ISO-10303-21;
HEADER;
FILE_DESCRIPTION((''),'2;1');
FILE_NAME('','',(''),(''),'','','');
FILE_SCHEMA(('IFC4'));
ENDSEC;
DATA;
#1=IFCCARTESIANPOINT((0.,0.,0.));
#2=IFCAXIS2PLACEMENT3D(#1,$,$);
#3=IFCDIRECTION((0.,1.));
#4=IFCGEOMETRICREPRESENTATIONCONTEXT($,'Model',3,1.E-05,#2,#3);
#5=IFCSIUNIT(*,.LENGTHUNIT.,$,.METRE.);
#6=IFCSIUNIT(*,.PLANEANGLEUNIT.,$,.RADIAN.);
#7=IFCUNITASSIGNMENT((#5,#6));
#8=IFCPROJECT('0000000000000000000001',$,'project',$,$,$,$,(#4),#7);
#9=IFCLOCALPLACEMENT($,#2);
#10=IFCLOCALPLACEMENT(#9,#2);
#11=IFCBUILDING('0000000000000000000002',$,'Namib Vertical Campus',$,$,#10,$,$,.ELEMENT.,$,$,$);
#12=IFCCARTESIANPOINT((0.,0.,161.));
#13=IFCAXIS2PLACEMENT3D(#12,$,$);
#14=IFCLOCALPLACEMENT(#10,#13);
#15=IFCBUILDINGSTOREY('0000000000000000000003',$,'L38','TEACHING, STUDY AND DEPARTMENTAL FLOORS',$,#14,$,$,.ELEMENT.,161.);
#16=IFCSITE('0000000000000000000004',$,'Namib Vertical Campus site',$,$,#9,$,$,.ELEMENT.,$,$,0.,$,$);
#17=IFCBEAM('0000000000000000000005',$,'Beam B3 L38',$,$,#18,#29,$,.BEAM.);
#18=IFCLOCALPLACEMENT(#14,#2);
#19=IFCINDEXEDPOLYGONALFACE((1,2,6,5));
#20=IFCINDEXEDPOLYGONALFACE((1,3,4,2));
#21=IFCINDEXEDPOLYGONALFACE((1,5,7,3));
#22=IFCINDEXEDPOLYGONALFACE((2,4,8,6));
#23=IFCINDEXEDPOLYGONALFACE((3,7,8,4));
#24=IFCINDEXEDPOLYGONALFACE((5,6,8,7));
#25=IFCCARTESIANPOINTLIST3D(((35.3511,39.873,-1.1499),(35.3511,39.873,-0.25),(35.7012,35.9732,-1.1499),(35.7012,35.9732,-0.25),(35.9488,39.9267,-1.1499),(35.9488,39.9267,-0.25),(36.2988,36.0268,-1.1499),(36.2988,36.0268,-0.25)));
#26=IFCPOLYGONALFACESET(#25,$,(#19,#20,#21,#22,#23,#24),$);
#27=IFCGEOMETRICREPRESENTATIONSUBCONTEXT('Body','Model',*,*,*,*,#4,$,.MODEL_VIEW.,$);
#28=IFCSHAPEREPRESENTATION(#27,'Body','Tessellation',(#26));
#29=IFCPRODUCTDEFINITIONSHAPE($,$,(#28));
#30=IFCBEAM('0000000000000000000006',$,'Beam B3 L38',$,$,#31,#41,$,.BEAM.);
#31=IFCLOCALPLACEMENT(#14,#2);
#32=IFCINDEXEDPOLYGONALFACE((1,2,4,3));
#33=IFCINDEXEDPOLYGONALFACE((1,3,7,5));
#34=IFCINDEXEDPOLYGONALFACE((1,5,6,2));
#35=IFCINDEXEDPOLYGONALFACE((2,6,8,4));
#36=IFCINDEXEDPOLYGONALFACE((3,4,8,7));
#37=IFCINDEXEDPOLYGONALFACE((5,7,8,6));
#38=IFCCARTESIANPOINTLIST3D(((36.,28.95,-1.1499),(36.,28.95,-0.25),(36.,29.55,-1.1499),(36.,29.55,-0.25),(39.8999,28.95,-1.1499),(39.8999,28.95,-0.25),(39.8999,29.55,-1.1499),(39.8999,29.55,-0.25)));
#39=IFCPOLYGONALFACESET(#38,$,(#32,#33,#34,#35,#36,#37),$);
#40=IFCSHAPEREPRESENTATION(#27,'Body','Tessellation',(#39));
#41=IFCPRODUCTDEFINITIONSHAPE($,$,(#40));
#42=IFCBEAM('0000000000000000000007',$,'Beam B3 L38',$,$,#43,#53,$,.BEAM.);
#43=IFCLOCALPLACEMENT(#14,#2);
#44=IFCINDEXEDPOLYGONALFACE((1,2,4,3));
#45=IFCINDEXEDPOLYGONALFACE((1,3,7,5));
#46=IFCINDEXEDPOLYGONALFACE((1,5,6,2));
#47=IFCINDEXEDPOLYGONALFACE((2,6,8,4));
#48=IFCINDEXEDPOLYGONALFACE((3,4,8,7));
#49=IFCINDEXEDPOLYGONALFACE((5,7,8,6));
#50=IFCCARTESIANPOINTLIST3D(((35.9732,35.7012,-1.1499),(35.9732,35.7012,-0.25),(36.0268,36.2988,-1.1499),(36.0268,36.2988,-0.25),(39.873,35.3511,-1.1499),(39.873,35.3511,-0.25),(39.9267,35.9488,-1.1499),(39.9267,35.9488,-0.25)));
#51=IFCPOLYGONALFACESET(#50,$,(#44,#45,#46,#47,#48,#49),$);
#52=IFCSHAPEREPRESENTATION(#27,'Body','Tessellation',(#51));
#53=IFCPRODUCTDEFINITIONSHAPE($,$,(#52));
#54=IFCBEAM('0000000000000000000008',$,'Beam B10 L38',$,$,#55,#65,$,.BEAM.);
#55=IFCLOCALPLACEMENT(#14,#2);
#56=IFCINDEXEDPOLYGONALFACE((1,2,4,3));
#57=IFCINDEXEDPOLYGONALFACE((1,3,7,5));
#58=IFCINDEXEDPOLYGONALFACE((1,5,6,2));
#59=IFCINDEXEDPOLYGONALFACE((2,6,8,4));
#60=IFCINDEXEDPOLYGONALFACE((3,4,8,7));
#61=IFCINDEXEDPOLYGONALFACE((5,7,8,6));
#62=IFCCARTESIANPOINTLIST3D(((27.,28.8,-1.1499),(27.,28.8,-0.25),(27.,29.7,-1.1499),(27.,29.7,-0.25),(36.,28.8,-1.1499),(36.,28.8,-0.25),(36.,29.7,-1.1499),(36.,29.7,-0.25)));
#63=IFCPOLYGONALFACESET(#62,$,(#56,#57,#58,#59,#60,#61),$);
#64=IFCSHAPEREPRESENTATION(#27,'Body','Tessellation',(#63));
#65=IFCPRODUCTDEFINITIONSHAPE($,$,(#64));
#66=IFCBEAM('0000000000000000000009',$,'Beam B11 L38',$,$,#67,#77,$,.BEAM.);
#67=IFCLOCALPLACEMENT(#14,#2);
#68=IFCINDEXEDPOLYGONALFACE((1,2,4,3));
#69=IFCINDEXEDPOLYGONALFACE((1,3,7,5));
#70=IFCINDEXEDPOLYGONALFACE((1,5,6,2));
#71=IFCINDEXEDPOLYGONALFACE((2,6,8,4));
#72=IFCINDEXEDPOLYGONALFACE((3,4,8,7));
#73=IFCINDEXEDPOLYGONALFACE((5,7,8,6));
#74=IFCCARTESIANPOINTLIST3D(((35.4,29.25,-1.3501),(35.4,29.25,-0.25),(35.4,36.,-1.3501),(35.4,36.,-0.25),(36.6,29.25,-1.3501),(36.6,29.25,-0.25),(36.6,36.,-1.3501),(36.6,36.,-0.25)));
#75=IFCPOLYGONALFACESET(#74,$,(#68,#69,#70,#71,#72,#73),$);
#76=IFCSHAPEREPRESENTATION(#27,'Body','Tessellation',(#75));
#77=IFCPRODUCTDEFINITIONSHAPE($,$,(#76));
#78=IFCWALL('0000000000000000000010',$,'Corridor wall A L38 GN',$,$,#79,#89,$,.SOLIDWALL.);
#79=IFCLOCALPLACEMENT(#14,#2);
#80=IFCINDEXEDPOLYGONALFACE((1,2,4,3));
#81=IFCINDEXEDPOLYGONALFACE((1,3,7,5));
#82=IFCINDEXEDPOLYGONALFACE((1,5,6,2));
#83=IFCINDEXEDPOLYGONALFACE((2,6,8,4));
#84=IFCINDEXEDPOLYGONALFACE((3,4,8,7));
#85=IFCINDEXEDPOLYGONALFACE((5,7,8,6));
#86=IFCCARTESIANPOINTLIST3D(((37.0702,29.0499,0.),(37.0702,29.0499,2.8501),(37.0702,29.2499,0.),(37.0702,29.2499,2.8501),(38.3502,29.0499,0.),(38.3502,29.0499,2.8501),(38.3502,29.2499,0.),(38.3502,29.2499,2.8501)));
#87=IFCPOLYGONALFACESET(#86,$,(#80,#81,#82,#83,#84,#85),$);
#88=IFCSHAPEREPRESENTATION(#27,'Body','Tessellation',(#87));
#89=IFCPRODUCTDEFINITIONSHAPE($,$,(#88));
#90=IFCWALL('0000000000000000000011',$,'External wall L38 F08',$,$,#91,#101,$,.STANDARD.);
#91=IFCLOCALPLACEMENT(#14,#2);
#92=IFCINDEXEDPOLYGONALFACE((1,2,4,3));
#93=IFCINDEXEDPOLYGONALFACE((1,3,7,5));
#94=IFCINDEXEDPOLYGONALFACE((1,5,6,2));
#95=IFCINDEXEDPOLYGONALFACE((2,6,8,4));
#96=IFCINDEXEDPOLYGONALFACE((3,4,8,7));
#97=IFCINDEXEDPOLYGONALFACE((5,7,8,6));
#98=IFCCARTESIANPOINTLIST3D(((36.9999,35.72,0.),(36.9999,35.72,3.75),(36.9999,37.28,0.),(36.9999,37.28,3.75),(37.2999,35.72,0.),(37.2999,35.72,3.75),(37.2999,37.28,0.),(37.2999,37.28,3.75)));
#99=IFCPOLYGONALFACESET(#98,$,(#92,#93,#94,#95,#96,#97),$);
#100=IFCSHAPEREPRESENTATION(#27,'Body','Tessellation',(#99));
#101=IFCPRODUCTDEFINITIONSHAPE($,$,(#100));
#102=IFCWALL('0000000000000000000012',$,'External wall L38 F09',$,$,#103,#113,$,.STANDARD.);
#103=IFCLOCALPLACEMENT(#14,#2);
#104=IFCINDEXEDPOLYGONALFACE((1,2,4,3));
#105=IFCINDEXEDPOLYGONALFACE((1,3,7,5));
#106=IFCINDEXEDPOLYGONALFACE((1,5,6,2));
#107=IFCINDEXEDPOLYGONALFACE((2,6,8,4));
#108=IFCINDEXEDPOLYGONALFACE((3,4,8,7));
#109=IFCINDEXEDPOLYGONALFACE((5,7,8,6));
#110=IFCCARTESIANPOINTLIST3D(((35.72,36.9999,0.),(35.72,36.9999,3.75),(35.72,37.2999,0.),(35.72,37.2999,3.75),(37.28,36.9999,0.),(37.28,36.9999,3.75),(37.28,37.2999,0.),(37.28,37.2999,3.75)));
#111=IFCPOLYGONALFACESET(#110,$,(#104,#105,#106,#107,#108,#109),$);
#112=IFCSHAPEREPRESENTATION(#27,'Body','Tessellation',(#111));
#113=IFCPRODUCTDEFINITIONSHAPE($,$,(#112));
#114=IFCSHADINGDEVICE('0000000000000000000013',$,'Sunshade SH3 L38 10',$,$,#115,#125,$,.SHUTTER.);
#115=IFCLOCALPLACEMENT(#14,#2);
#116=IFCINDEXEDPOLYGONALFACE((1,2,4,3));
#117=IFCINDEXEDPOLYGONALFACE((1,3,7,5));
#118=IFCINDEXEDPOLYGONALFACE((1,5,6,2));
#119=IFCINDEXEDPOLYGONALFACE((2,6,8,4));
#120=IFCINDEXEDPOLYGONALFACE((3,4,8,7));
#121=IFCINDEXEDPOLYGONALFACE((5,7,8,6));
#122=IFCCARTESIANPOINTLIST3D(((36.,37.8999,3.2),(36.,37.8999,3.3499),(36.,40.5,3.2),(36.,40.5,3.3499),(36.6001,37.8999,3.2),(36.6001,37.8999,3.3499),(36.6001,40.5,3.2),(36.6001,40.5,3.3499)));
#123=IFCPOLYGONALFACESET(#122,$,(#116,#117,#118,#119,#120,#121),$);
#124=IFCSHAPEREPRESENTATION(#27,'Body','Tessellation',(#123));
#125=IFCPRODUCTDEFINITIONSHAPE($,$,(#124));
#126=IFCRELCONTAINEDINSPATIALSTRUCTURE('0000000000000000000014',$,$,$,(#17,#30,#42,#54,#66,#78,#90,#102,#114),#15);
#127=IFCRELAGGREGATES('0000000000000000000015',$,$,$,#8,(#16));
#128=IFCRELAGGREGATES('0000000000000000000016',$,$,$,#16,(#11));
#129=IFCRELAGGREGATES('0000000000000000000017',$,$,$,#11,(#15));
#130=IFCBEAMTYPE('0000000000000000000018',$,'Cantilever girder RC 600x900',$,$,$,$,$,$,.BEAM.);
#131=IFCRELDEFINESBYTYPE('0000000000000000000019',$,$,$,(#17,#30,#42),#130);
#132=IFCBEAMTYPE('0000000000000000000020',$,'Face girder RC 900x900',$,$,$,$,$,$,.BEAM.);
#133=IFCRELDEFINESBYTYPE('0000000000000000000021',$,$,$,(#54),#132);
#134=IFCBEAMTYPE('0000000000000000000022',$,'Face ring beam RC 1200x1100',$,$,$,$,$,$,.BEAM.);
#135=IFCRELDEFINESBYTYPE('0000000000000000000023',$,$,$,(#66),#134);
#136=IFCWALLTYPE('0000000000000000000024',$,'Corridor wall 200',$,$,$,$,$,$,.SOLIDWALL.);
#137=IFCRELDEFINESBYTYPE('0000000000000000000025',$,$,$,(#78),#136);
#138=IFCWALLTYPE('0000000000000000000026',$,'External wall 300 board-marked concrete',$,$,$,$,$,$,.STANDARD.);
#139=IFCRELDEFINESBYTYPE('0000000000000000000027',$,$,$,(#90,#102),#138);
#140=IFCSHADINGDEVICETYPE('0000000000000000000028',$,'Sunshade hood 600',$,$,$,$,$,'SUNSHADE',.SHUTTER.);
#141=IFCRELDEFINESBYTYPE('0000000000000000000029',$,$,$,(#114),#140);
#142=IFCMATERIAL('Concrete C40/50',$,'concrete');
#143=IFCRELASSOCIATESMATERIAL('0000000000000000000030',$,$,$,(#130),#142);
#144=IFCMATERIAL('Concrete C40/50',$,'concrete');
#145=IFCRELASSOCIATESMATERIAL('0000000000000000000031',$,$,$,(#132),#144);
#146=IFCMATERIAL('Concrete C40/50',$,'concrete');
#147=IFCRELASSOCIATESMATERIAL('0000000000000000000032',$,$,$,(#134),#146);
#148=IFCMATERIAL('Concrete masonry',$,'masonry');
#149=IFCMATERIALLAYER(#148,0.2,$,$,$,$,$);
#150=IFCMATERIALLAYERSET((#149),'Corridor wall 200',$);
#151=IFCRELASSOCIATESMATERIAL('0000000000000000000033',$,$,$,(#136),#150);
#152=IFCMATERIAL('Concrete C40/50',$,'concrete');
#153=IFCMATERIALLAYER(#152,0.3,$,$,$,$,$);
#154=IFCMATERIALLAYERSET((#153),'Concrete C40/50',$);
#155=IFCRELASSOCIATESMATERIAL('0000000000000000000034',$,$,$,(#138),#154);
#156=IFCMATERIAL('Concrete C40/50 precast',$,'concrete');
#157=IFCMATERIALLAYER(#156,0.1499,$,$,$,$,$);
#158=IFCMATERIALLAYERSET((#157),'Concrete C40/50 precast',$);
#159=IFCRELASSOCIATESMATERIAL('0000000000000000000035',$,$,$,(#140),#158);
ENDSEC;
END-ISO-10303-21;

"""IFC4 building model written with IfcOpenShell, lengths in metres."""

from ifc_helpers import new_model, si_unit, direction, frame, frame_2d, origin, origin_2d, place, context, subcontext, project, spatial, rectangle, extrude, material, layer, layer_set, material_profile, profile_set, type_object, element, save


model = new_model("IFC4")

# Units and contexts
model_context = context("Model", 3, precision=1e-05, world=origin(), true_north=direction((0.0, 1.0)))
body_context = subcontext(model_context, "Body", "Model", "MODEL_VIEW")
ifc_project = project(units=[si_unit("LENGTHUNIT", "METRE"), si_unit("PLANEANGLEUNIT", "RADIAN")], contexts=[model_context])

# Site, building, storey
site_placement = place(None, origin())
site = spatial("IfcSite", under=ifc_project, at=site_placement, Name="Namib Vertical Campus site", CompositionType="ELEMENT", RefElevation=0.0)
building_placement = place(site_placement, origin())
building = spatial("IfcBuilding", under=site, at=building_placement, Name="Namib Vertical Campus", CompositionType="ELEMENT")
storey_placement = place(building_placement, frame((0.0, 0.0, 161.0)))
storey = spatial("IfcBuildingStorey", under=building, at=storey_placement, Name="L38", Description="TEACHING, STUDY AND DEPARTMENTAL FLOORS", CompositionType="ELEMENT", Elevation=161.0)

# Beams
ifc_material_1 = material(Name="Concrete C40/50", Category="concrete")
ifc_material_profile_1 = material_profile(ifc_material_1, rectangle(XDim=0.6001, YDim=0.8999, at=origin_2d()))
ifc_profile_set_1 = profile_set([ifc_material_profile_1], Name="Concrete C40/50")
beam_type_1 = type_object("IfcBeamType", Name="Cantilever girder RC 600x900", PredefinedType="BEAM", material=ifc_profile_set_1)
beam_1_placement = place(storey_placement, frame((36.0, 36.0, -0.7), z_axis=(-0.089411, 0.995995, 0.0), x_axis=(-0.995995, -0.089411, 0.0)))
element("IfcBeam", 1, at=beam_1_placement, inside=storey, type_object=beam_type_1, Name="Beam B3 L38", PredefinedType="BEAM", context=body_context, shape_type="SweptSolid", body=[
    extrude(rectangle(XDim=0.6001, YDim=0.8999, at=origin_2d()), origin(), (0.0, 0.0, 1.0), 3.9155),
])
beam_2_placement = place(storey_placement, frame((36.0, 29.25, -0.7), z_axis=(1.0, 0.0, 0.0), x_axis=(0.0, 1.0, 0.0)))
element("IfcBeam", 2, at=beam_2_placement, inside=storey, type_object=beam_type_1, Name="Beam B3 L38", PredefinedType="BEAM", context=body_context, shape_type="SweptSolid", body=[
    extrude(rectangle(XDim=0.6001, YDim=0.8999, at=origin_2d()), origin(), (0.0, 0.0, 1.0), 3.8999),
])
beam_3_placement = place(storey_placement, frame((36.0, 36.0, -0.7), z_axis=(0.995995, -0.089411, 0.0), x_axis=(0.089411, 0.995995, 0.0)))
element("IfcBeam", 3, at=beam_3_placement, inside=storey, type_object=beam_type_1, Name="Beam B3 L38", PredefinedType="BEAM", context=body_context, shape_type="SweptSolid", body=[
    extrude(rectangle(XDim=0.6001, YDim=0.8999, at=origin_2d()), origin(), (0.0, 0.0, 1.0), 3.9155),
])
ifc_material_2 = material(Name="Concrete C40/50", Category="concrete")
ifc_material_profile_2 = material_profile(ifc_material_2, rectangle(XDim=0.8999, YDim=0.8999, at=origin_2d()))
ifc_profile_set_2 = profile_set([ifc_material_profile_2], Name="Concrete C40/50")
beam_type_2 = type_object("IfcBeamType", Name="Face girder RC 900x900", PredefinedType="BEAM", material=ifc_profile_set_2)
beam_4_placement = place(storey_placement, frame((36.0, 29.25, -0.7), z_axis=(-1.0, 0.0, 0.0), x_axis=(0.0, -1.0, 0.0)))
element("IfcBeam", 4, at=beam_4_placement, inside=storey, type_object=beam_type_2, Name="Beam B10 L38", PredefinedType="BEAM", context=body_context, shape_type="SweptSolid", body=[
    extrude(rectangle(XDim=0.8999, YDim=0.8999, at=origin_2d()), origin(), (0.0, 0.0, 1.0), 9.0),
])
ifc_material_3 = material(Name="Concrete C40/50", Category="concrete")
ifc_material_profile_3 = material_profile(ifc_material_3, rectangle(XDim=1.2, YDim=1.1001, at=origin_2d()))
ifc_profile_set_3 = profile_set([ifc_material_profile_3], Name="Concrete C40/50")
beam_type_3 = type_object("IfcBeamType", Name="Face ring beam RC 1200x1100", PredefinedType="BEAM", material=ifc_profile_set_3)
beam_5_placement = place(storey_placement, frame((36.0, 29.25, -0.8), z_axis=(0.0, 1.0, 0.0), x_axis=(-1.0, 0.0, 0.0)))
element("IfcBeam", 5, at=beam_5_placement, inside=storey, type_object=beam_type_3, Name="Beam B11 L38", PredefinedType="BEAM", context=body_context, shape_type="SweptSolid", body=[
    extrude(rectangle(XDim=1.2, YDim=1.1001, at=origin_2d()), origin(), (0.0, 0.0, 1.0), 6.75),
])

# Walls
ifc_material_4 = material(Name="Concrete masonry", Category="masonry")
ifc_layer_1 = layer(ifc_material_4, 0.2)
ifc_layer_set_1 = layer_set([ifc_layer_1], Name="Corridor wall 200")
wall_type_1 = type_object("IfcWallType", Name="Corridor wall 200", PredefinedType="SOLIDWALL", material=ifc_layer_set_1)
wall_placement = place(storey_placement, frame((37.0701, 29.1499, 0.0), z_axis=(0.0, 0.0, 1.0), x_axis=(1.0, 0.0, 0.0)))
element("IfcWall", 6, at=wall_placement, inside=storey, type_object=wall_type_1, Name="Corridor wall A L38 GN", PredefinedType="SOLIDWALL", context=body_context, shape_type="SweptSolid", body=[
    extrude(rectangle(XDim=1.28, YDim=0.2, at=frame_2d((0.6401, 0.0))), origin(), (0.0, 0.0, 1.0), 2.8501),
])
ifc_material_5 = material(Name="Concrete C40/50", Category="concrete")
ifc_layer_2 = layer(ifc_material_5, 0.3)
ifc_layer_set_2 = layer_set([ifc_layer_2], Name="Concrete C40/50")
wall_type_2 = type_object("IfcWallType", Name="External wall 300 board-marked concrete", PredefinedType="STANDARD", material=ifc_layer_set_2)
for number, where, z_axis, x_axis, name in (
    (7, (37.1499, 35.72, 0.0), (0.0, 0.0, 1.0), (0.0, 1.0, 0.0), "External wall L38 F08"),
    (8, (37.28, 37.1499, 0.0), (0.0, 0.0, 1.0), (-1.0, 0.0, 0.0), "External wall L38 F09"),
):
    element("IfcWall", number, at=place(storey_placement, frame(where, z_axis=z_axis, x_axis=x_axis)), inside=storey, type_object=wall_type_2, Name=name, PredefinedType="STANDARD", context=body_context, shape_type="SweptSolid", body=[
        extrude(rectangle(XDim=1.5601, YDim=0.3, at=frame_2d((0.78, 0.0))), origin(), (0.0, 0.0, 1.0), 3.75),
    ])

# Shading device
ifc_material_6 = material(Name="Concrete C40/50 precast", Category="concrete")
ifc_layer_3 = layer(ifc_material_6, 0.1499)
ifc_layer_set_3 = layer_set([ifc_layer_3], Name="Concrete C40/50 precast")
shading_device_type = type_object("IfcShadingDeviceType", Name="Sunshade hood 600", ElementType="SUNSHADE", PredefinedType="SHUTTER", material=ifc_layer_set_3)
shading_device_placement = place(storey_placement, frame((36.3, 39.2, 3.2), z_axis=(0.0, 0.0, 1.0), x_axis=(0.0, 1.0, 0.0)))
element("IfcShadingDevice", 9, at=shading_device_placement, inside=storey, type_object=shading_device_type, Name="Sunshade SH3 L38 10", PredefinedType="SHUTTER", context=body_context, shape_type="SweptSolid", body=[
    extrude(rectangle(XDim=2.6001, YDim=0.6001, at=origin_2d()), origin(), (0.0, 0.0, 1.0), 0.1499),
])

save(model, "model.ifc")
